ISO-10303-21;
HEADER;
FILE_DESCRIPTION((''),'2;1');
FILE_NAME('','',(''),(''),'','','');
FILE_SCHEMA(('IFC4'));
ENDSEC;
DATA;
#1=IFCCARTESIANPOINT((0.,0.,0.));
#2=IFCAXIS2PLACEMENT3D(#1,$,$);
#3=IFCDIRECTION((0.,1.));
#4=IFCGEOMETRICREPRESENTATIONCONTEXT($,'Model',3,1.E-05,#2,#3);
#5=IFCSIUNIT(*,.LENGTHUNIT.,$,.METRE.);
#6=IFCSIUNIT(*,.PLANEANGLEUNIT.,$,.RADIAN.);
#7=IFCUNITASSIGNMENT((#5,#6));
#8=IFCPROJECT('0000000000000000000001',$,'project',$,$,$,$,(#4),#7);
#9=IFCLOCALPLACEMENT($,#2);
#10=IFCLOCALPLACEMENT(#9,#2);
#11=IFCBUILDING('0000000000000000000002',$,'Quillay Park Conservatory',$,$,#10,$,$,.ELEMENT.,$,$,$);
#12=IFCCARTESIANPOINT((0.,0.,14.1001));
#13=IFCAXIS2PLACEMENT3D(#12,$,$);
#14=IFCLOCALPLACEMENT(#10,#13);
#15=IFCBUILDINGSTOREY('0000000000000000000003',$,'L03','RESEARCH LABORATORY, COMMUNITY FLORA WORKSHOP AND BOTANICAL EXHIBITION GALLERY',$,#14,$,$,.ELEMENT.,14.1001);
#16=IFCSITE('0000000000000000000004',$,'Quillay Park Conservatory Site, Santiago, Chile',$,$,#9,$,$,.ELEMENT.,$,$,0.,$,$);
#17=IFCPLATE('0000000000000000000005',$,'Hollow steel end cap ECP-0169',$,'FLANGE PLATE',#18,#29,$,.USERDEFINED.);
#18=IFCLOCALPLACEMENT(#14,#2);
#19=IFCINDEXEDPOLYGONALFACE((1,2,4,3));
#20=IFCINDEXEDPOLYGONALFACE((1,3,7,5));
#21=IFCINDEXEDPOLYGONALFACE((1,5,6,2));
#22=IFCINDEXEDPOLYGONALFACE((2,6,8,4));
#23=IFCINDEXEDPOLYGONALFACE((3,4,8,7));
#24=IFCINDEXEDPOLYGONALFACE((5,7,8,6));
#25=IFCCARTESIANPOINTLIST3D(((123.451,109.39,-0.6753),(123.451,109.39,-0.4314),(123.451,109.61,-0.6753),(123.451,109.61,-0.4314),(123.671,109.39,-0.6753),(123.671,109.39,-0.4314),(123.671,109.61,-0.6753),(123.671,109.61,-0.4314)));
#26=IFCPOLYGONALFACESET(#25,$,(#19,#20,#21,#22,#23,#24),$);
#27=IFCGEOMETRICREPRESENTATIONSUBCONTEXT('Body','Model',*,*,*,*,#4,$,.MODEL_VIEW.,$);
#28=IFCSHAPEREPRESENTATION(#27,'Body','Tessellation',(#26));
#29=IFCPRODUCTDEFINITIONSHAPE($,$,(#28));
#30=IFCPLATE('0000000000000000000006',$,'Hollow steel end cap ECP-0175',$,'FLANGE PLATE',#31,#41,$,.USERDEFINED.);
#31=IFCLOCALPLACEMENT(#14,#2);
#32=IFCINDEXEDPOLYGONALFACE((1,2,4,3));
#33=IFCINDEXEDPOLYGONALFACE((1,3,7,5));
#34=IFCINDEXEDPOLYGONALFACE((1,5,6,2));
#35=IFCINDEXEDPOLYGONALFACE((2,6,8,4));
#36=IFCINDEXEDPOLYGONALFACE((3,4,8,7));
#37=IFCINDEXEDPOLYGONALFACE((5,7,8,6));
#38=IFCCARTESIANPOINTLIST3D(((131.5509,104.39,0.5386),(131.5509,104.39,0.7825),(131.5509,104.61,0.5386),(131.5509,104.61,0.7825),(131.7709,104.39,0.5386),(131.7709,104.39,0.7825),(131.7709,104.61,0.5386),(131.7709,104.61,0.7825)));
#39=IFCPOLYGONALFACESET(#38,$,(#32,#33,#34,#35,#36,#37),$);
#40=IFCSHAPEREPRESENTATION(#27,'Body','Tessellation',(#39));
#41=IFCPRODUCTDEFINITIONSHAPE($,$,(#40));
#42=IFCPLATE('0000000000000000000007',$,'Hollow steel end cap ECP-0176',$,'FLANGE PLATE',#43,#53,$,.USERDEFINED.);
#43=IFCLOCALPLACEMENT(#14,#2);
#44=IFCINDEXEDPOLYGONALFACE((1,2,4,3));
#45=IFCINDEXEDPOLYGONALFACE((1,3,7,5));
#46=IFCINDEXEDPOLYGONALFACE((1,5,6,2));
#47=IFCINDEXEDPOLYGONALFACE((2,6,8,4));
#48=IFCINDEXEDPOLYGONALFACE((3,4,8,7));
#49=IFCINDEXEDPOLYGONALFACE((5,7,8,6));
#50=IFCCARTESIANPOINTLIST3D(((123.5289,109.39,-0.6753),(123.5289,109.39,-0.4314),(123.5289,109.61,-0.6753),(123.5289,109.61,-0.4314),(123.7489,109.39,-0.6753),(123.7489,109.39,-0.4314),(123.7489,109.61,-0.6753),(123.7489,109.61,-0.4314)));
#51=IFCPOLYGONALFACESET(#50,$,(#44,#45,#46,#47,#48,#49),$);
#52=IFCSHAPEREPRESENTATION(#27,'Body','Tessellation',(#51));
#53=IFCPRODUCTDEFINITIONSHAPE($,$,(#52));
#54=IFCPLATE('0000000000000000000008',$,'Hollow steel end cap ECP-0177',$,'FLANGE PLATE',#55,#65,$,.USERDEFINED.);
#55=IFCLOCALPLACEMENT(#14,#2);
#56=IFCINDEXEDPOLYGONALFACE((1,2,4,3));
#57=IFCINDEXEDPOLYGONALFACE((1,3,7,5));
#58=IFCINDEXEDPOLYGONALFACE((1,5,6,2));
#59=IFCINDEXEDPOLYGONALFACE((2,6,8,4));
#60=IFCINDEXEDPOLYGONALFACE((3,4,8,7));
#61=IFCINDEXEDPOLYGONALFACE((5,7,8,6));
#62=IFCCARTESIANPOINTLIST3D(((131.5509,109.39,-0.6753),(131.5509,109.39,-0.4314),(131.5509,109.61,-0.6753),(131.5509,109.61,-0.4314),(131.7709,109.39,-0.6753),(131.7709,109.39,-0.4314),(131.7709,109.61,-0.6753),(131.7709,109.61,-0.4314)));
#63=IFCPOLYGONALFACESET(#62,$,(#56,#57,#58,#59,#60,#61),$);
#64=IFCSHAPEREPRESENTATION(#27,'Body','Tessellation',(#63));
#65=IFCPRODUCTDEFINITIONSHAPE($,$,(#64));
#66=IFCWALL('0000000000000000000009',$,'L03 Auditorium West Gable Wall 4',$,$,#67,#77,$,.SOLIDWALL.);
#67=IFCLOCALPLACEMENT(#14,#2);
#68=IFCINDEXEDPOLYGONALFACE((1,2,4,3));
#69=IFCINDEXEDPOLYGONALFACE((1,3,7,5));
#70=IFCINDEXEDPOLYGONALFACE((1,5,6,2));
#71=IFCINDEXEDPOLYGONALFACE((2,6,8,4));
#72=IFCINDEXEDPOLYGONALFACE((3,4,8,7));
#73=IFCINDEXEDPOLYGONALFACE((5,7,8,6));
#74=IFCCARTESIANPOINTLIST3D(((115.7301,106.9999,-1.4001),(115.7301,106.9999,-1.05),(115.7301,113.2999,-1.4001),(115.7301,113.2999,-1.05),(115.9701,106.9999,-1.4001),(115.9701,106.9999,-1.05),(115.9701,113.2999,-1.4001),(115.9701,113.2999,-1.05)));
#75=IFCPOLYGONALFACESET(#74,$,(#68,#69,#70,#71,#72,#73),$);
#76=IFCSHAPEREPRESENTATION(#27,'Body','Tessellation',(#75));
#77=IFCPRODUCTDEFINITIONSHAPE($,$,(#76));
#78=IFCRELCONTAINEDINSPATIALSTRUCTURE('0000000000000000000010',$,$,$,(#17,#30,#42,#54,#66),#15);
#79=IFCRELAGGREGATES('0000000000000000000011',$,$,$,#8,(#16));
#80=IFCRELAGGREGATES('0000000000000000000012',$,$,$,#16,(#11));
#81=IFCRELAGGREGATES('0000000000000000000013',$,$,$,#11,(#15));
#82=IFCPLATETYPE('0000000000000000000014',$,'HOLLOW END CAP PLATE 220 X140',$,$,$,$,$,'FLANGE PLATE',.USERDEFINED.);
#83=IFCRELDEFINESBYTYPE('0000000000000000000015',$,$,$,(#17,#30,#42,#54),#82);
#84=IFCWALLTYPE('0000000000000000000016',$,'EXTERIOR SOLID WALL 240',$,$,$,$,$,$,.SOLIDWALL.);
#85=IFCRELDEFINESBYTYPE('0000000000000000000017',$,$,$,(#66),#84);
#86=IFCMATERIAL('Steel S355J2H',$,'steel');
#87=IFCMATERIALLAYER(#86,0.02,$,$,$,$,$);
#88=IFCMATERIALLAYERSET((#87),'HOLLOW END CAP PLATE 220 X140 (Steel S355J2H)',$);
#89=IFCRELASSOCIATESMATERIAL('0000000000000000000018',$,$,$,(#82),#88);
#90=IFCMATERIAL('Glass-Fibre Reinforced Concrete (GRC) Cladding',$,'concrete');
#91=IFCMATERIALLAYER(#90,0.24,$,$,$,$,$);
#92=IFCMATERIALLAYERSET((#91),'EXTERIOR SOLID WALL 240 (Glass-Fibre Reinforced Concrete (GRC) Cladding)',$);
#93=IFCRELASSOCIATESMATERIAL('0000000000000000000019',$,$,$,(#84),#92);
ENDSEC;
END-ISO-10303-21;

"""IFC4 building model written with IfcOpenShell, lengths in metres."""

from ifc_helpers import new_model, si_unit, direction, frame, frame_2d, origin, origin_2d, place, context, subcontext, project, spatial, rectangle, extrude, material, layer, layer_set, type_object, element, save


model = new_model("IFC4")

# Units and contexts
model_context = context("Model", 3, precision=1e-05, world=origin(), true_north=direction((0.0, 1.0)))
body_context = subcontext(model_context, "Body", "Model", "MODEL_VIEW")
ifc_project = project(units=[si_unit("LENGTHUNIT", "METRE"), si_unit("PLANEANGLEUNIT", "RADIAN")], contexts=[model_context])

# Site, building, storey
site_placement = place(None, origin())
site = spatial("IfcSite", under=ifc_project, at=site_placement, Name="Quillay Park Conservatory Site, Santiago, Chile", CompositionType="ELEMENT", RefElevation=0.0)
building_placement = place(site_placement, origin())
building = spatial("IfcBuilding", under=site, at=building_placement, Name="Quillay Park Conservatory", CompositionType="ELEMENT")
storey_placement = place(building_placement, frame((0.0, 0.0, 14.1001)))
storey = spatial("IfcBuildingStorey", under=building, at=storey_placement, Name="L03", Description="RESEARCH LABORATORY, COMMUNITY FLORA WORKSHOP AND BOTANICAL EXHIBITION GALLERY", CompositionType="ELEMENT", Elevation=14.1001)

# Plates
ifc_material_1 = material(Name="Steel S355J2H", Category="steel")
ifc_layer_1 = layer(ifc_material_1, 0.02)
ifc_layer_set_1 = layer_set([ifc_layer_1], Name="HOLLOW END CAP PLATE 220 X140 (Steel S355J2H)")
plate_type_1 = type_object("IfcPlateType", Name="HOLLOW END CAP PLATE 220 X140", ElementType="FLANGE PLATE", PredefinedType="USERDEFINED", material=ifc_layer_set_1)
for number, where, z_axis, x_axis, name in (
    (1, (123.561, 109.5, -0.6753), (0.0, 0.0, 1.0), (1.0, 0.0, 0.0), "Hollow steel end cap ECP-0169"),
    (2, (131.6609, 104.5, 0.5386), (0.0, 0.0, 1.0), (1.0, 0.0, 0.0), "Hollow steel end cap ECP-0175"),
    (3, (123.6389, 109.5, -0.6753), (0.0, 0.0, 1.0), (1.0, 0.0, 0.0), "Hollow steel end cap ECP-0176"),
    (4, (131.6609, 109.5, -0.6753), (0.0, 0.0, 1.0), (1.0, 0.0, 0.0), "Hollow steel end cap ECP-0177"),
):
    element("IfcPlate", number, at=place(storey_placement, frame(where, z_axis=z_axis, x_axis=x_axis)), inside=storey, type_object=plate_type_1, Name=name, ObjectType="FLANGE PLATE", PredefinedType="USERDEFINED", context=body_context, shape_type="SweptSolid", body=[
        extrude(rectangle(XDim=0.22, YDim=0.22, at=origin_2d()), origin(), (0.0, 0.0, 1.0), 0.2439),
    ])

# Wall
ifc_material_2 = material(Name="Glass-Fibre Reinforced Concrete (GRC) Cladding", Category="concrete")
ifc_layer_2 = layer(ifc_material_2, 0.24)
ifc_layer_set_2 = layer_set([ifc_layer_2], Name="EXTERIOR SOLID WALL 240 (Glass-Fibre Reinforced Concrete (GRC) Cladding)")
wall_type = type_object("IfcWallType", Name="EXTERIOR SOLID WALL 240", PredefinedType="SOLIDWALL", material=ifc_layer_set_2)
wall_placement = place(storey_placement, frame((115.8501, 107.0, -1.4001), z_axis=(0.0, 0.0, 1.0), x_axis=(0.0, 1.0, 0.0)))
element("IfcWall", 5, at=wall_placement, inside=storey, type_object=wall_type, Name="L03 Auditorium West Gable Wall 4", PredefinedType="SOLIDWALL", context=body_context, shape_type="SweptSolid", body=[
    extrude(rectangle(XDim=6.3, YDim=0.24, at=frame_2d((3.1499, 0.0))), origin(), (0.0, 0.0, 1.0), 0.3501),
])

save(model, "model.ifc")
